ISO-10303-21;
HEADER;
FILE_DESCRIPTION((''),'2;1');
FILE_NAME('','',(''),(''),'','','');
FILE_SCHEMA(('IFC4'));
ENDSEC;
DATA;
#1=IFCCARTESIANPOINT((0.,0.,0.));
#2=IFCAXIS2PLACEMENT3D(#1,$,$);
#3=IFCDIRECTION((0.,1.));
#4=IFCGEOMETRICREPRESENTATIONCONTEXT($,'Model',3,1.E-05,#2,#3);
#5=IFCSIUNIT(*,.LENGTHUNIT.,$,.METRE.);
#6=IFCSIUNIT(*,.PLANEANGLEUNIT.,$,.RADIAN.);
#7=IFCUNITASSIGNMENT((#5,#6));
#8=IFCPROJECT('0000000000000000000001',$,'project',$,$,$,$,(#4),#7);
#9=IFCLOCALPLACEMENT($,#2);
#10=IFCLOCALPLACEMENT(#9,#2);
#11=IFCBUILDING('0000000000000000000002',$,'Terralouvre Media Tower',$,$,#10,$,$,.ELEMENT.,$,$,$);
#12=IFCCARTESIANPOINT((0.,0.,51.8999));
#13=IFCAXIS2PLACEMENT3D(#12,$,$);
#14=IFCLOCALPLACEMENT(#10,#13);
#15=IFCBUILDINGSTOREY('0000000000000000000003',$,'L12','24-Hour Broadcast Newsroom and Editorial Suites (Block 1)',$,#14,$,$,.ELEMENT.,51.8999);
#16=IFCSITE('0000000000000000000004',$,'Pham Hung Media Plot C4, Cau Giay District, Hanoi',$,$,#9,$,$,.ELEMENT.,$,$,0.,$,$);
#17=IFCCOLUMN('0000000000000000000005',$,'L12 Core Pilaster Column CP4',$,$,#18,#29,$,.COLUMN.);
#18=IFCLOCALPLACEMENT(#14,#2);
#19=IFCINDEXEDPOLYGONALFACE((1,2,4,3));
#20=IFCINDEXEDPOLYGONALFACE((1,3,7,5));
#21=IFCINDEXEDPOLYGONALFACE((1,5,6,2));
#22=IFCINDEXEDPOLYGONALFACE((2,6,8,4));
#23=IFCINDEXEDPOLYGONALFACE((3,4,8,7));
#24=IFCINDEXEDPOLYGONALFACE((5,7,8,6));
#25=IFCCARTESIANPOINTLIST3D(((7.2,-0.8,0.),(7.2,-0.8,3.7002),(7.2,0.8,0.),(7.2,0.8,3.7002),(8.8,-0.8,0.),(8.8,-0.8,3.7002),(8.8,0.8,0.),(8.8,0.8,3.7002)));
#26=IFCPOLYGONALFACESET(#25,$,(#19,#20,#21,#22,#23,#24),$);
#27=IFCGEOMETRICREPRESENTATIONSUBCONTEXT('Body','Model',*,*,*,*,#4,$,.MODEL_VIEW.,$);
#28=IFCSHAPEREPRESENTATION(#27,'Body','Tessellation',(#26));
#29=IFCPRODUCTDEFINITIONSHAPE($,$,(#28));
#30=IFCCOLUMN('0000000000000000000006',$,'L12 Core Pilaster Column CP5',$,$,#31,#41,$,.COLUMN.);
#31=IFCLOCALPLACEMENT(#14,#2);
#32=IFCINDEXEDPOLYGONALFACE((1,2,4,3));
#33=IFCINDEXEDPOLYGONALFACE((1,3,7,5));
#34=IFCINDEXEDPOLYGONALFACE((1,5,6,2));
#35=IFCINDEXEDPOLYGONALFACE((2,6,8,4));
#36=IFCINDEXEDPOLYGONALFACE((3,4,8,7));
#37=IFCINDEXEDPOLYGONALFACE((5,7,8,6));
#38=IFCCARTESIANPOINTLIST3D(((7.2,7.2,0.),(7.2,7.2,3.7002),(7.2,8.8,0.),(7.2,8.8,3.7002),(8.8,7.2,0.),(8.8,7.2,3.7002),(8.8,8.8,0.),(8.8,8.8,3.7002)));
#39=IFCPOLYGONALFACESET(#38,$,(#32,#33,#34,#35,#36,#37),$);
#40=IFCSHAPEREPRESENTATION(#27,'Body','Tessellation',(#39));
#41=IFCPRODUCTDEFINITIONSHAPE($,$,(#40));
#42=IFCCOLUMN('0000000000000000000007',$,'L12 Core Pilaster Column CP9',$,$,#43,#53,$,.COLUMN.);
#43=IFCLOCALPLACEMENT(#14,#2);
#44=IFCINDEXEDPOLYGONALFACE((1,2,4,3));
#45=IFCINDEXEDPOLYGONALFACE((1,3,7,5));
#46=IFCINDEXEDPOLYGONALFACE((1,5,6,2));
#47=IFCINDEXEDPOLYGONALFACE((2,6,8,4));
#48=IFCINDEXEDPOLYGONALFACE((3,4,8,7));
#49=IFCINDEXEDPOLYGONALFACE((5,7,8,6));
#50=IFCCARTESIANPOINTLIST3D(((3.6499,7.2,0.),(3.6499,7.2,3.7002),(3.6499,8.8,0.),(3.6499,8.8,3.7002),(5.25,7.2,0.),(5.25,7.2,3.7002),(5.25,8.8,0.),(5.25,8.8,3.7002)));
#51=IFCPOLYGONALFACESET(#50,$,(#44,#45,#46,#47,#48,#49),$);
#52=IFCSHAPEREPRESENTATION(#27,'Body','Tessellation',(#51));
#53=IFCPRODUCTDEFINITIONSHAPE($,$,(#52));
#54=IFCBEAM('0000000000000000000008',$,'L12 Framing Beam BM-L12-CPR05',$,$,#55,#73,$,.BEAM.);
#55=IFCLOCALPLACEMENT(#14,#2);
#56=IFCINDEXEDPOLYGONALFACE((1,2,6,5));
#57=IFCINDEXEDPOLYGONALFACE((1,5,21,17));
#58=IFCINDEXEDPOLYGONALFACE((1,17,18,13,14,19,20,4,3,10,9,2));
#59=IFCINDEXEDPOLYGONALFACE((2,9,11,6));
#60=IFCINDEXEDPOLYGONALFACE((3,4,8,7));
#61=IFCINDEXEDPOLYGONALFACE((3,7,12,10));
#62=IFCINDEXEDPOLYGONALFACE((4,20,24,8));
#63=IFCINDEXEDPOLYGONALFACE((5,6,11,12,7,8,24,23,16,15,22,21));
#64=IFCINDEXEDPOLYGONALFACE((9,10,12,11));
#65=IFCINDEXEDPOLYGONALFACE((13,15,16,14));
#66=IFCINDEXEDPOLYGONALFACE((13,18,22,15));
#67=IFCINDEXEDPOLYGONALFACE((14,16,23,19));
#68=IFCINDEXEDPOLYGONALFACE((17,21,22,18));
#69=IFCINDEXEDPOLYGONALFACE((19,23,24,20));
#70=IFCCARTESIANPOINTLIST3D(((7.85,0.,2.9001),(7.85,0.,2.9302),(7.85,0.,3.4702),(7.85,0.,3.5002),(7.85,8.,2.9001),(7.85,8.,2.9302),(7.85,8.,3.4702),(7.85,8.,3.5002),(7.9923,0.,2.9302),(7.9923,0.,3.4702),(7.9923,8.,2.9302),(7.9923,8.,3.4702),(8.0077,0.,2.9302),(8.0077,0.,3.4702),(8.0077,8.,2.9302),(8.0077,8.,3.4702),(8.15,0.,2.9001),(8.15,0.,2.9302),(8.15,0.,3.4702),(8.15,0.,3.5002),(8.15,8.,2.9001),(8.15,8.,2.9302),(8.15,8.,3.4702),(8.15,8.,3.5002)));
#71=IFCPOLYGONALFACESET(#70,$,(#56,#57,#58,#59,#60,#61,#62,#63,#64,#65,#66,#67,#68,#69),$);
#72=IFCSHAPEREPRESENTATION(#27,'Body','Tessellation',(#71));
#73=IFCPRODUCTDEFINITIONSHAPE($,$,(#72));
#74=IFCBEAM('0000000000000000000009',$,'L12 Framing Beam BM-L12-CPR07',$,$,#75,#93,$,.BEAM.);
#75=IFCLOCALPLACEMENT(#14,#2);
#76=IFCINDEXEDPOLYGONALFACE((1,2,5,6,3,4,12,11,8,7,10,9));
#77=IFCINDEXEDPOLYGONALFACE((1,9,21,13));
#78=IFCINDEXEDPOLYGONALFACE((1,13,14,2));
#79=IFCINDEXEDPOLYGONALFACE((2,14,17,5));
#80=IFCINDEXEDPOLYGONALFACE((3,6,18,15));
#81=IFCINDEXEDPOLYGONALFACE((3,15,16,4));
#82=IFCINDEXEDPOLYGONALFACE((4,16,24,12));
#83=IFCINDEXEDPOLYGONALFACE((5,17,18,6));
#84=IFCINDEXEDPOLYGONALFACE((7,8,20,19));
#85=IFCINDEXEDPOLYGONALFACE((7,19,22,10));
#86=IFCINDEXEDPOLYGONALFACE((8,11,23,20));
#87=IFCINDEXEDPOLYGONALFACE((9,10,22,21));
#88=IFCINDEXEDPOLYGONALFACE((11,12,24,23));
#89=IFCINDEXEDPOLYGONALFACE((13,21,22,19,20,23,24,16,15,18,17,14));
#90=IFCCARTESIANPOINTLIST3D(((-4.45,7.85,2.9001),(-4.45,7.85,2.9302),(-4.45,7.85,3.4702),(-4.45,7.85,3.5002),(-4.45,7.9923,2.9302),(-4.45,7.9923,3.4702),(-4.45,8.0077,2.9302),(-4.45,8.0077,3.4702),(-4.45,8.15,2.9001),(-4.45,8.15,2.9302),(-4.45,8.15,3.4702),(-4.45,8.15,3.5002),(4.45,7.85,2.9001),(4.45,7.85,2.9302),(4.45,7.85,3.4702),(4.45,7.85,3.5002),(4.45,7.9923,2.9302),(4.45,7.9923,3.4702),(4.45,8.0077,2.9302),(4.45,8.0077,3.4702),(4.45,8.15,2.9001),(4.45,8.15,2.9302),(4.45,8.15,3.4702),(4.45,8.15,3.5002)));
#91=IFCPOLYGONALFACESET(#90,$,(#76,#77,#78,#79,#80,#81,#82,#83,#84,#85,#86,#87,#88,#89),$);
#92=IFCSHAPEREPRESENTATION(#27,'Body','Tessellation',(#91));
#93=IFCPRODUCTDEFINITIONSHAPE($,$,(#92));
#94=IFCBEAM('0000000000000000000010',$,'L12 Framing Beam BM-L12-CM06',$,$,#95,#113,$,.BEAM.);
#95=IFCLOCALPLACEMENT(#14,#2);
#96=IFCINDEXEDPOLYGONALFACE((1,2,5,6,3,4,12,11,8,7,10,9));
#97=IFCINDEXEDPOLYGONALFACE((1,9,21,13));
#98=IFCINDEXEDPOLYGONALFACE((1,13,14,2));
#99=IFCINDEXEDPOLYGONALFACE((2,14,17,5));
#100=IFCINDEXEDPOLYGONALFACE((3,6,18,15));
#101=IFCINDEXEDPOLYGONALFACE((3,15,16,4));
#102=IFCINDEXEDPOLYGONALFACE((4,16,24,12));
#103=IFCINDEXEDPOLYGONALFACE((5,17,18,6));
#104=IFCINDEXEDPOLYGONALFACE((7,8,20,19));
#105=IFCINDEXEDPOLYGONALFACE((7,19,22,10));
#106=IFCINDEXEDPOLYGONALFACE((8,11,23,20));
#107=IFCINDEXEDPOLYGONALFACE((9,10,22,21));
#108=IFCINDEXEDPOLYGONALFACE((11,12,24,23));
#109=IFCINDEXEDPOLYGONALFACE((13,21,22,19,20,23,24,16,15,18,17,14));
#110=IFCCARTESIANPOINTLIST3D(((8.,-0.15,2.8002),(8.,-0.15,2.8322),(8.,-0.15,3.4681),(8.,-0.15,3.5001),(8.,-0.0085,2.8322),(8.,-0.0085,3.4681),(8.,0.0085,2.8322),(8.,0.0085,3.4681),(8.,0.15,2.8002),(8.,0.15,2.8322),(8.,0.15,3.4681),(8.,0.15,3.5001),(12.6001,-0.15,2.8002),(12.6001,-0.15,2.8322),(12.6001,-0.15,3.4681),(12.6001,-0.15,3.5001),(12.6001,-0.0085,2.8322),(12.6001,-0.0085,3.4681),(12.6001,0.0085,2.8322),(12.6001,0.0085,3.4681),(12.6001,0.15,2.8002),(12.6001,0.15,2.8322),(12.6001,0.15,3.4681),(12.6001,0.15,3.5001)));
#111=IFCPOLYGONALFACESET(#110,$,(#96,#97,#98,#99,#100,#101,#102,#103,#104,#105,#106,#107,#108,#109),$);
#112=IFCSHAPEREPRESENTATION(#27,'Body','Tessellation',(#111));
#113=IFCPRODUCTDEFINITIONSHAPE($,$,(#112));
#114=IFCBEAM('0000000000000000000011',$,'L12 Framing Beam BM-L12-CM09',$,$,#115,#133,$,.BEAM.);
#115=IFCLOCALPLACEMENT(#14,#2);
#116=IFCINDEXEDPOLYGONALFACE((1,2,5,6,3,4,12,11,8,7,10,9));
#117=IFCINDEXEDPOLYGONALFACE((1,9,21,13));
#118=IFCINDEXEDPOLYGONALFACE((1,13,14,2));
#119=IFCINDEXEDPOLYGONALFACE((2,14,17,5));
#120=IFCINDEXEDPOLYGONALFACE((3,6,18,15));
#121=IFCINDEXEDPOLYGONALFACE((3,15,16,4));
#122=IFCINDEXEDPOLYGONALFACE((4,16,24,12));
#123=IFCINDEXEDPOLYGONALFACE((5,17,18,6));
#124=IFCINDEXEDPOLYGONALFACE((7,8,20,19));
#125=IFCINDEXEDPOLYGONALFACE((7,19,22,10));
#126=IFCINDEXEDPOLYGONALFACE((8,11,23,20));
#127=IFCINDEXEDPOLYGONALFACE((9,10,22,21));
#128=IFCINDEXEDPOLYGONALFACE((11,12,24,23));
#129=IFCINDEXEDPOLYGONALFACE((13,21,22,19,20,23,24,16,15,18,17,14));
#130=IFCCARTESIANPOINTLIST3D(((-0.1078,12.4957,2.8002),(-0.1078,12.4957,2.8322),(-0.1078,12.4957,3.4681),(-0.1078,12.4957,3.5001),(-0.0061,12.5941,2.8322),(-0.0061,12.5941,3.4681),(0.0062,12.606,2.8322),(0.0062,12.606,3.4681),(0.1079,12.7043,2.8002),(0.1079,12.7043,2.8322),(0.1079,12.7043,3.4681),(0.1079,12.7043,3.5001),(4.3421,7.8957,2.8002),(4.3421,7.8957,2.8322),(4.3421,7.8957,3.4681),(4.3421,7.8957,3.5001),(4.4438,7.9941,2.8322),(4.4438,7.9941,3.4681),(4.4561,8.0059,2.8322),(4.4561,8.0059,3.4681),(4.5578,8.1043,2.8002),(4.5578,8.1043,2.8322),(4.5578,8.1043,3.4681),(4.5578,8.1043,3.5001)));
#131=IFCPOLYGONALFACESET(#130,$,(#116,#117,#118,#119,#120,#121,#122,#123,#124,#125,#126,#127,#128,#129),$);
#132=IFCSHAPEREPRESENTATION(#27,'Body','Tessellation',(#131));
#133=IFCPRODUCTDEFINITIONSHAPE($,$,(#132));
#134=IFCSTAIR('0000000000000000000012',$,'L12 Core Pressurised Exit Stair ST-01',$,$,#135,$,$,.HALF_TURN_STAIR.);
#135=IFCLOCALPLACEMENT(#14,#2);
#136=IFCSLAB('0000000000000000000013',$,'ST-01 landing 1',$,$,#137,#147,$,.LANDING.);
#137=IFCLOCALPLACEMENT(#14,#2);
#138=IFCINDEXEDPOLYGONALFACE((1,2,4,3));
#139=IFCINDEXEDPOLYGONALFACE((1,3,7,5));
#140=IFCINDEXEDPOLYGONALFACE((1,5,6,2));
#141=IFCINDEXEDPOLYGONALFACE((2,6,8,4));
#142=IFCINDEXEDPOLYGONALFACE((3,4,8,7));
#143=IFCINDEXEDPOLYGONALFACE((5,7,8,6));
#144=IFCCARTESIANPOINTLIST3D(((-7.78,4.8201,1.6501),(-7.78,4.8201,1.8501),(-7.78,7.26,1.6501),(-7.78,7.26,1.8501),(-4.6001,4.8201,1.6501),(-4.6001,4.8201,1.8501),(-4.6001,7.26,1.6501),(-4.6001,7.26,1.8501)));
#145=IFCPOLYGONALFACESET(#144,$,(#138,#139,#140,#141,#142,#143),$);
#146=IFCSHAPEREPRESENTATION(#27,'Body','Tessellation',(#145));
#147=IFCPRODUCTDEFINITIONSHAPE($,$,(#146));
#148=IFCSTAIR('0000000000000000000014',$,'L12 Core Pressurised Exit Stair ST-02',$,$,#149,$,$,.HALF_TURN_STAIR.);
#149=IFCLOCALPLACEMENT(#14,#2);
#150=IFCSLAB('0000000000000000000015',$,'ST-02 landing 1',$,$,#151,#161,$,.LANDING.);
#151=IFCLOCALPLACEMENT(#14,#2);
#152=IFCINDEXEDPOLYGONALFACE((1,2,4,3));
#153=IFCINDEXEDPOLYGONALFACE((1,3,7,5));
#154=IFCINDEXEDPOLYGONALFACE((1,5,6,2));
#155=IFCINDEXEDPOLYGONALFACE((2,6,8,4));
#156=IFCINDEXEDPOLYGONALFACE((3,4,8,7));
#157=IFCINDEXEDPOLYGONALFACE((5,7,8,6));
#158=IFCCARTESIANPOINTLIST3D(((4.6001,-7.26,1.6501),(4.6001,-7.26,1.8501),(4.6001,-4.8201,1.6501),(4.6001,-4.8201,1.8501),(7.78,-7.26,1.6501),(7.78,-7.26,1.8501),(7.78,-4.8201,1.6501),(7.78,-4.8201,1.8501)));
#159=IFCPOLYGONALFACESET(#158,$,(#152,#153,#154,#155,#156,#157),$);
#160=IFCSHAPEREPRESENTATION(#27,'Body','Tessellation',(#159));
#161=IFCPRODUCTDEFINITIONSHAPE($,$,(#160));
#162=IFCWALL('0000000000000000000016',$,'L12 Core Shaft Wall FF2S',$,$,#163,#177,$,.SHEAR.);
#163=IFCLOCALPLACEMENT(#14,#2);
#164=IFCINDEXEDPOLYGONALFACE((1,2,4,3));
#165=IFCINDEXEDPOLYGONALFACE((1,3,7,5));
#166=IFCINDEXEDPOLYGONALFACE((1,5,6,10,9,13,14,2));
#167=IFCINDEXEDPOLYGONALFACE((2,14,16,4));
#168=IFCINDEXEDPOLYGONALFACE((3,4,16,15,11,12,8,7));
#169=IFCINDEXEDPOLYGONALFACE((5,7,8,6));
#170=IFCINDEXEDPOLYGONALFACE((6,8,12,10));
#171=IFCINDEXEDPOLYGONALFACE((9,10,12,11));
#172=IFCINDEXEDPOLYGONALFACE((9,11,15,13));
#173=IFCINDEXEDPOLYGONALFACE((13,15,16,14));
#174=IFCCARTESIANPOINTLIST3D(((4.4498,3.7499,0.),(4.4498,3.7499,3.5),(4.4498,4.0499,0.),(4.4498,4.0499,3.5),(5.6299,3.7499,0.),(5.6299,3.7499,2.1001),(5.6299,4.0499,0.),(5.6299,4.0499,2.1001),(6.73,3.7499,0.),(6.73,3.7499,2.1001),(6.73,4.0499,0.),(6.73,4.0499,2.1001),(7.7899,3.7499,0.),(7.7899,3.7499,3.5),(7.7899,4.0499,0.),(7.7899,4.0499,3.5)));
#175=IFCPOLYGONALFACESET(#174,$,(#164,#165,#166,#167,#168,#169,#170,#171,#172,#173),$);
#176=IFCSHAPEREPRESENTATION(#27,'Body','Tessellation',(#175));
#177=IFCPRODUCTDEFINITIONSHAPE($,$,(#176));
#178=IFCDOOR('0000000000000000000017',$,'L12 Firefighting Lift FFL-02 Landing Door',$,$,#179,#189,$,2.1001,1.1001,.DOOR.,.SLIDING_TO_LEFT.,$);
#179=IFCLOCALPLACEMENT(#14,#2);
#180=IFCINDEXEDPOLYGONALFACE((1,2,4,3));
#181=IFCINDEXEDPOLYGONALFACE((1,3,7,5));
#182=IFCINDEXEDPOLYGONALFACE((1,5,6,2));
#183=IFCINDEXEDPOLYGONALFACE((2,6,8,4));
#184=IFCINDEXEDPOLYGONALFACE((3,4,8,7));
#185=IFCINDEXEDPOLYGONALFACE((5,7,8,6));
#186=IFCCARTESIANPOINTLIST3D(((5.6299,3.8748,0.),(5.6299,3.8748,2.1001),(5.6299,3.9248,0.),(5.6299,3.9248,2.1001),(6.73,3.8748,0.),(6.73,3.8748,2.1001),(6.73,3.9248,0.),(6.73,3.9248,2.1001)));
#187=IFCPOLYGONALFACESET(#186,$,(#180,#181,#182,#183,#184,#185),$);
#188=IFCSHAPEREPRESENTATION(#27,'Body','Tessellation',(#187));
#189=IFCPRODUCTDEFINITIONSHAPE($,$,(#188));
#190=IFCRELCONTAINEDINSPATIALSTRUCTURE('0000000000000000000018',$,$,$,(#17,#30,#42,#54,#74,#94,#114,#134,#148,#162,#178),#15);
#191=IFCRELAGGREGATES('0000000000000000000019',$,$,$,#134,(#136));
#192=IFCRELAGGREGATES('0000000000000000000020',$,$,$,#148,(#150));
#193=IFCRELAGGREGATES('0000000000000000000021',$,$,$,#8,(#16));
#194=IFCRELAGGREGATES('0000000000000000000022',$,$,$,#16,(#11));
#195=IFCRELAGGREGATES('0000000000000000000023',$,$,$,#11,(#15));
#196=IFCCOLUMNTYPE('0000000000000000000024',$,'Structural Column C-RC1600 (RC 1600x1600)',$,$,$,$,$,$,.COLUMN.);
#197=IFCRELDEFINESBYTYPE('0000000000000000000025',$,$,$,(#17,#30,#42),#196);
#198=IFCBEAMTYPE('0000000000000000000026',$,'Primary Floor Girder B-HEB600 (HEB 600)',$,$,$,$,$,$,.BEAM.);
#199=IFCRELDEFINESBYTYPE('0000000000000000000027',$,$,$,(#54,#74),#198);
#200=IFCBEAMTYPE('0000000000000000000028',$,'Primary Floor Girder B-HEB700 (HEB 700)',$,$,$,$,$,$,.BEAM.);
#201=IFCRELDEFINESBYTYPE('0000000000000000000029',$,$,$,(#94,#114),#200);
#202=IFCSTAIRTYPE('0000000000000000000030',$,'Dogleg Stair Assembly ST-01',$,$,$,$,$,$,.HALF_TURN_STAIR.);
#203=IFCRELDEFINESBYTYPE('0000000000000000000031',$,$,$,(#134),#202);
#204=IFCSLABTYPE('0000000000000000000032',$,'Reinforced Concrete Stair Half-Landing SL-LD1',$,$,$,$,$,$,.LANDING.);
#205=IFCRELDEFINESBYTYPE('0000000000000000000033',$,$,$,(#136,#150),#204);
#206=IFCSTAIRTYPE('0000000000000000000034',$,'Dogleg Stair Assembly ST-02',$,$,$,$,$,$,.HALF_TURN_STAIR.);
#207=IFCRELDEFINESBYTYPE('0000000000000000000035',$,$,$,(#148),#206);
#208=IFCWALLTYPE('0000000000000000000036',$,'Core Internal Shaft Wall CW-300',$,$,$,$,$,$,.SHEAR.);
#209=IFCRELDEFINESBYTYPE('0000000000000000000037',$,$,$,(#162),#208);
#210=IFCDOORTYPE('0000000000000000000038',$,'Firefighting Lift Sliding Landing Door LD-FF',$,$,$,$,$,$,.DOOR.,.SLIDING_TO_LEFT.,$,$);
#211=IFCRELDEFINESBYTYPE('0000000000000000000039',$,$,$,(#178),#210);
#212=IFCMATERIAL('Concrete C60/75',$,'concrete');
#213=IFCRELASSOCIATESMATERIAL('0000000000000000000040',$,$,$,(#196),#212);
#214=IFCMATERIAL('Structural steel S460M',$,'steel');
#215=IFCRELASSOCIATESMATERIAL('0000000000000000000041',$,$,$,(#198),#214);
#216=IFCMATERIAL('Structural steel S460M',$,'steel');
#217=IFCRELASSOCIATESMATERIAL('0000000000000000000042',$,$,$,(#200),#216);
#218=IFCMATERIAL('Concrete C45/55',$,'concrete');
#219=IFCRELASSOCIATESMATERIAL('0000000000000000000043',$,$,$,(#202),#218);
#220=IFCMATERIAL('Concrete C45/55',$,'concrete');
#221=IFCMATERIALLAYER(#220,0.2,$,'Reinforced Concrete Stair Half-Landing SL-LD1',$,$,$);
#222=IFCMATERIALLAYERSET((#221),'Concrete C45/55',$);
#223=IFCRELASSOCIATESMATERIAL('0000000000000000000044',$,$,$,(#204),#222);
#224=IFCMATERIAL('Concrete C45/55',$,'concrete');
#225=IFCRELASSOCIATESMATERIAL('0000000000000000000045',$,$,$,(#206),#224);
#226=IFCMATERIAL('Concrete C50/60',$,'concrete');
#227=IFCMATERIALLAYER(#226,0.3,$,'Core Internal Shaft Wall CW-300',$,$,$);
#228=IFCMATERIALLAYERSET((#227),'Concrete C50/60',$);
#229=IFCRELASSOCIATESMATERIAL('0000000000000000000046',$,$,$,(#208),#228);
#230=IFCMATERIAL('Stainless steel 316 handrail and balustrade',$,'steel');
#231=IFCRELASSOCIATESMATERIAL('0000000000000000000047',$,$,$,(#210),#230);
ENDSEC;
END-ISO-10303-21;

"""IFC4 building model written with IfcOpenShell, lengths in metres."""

from ifc_helpers import new_model, si_unit, direction, frame, frame_2d, origin, origin_2d, place, context, subcontext, project, spatial, polyline, rectangle, i_section, outline, extrude, material, layer, layer_set, material_profile, profile_set, type_object, element, fill, aggregate, save


model = new_model("IFC4")

# Units and contexts
model_context = context("Model", 3, precision=1e-05, world=origin(), true_north=direction((0.0, 1.0)))
body_context = subcontext(model_context, "Body", "Model", "MODEL_VIEW")
ifc_project = project(units=[si_unit("LENGTHUNIT", "METRE"), si_unit("PLANEANGLEUNIT", "RADIAN")], contexts=[model_context])

# Site, building, storey
site_placement = place(None, origin())
site = spatial("IfcSite", under=ifc_project, at=site_placement, Name="Pham Hung Media Plot C4, Cau Giay District, Hanoi", CompositionType="ELEMENT", RefElevation=0.0)
building_placement = place(site_placement, origin())
building = spatial("IfcBuilding", under=site, at=building_placement, Name="Terralouvre Media Tower", CompositionType="ELEMENT")
storey_placement = place(building_placement, frame((0.0, 0.0, 51.8999)))
storey = spatial("IfcBuildingStorey", under=building, at=storey_placement, Name="L12", Description="24-Hour Broadcast Newsroom and Editorial Suites (Block 1)", CompositionType="ELEMENT", Elevation=51.8999)

# Columns
ifc_material_1 = material(Name="Concrete C60/75", Category="concrete")
ifc_material_profile_1 = material_profile(ifc_material_1, rectangle(XDim=1.6001, YDim=1.6001, at=origin_2d()), Name="RC 1600x1600")
ifc_profile_set_1 = profile_set([ifc_material_profile_1], Name="Concrete C60/75")
column_type = type_object("IfcColumnType", Name="Structural Column C-RC1600 (RC 1600x1600)", PredefinedType="COLUMN", material=ifc_profile_set_1)
for number, where, z_axis, x_axis, name in (
    (1, (8.0, 0.0, 0.0), (0.0, 0.0, 1.0), (1.0, 0.0, 0.0), "L12 Core Pilaster Column CP4"),
    (2, (8.0, 8.0, 0.0), (0.0, 0.0, 1.0), (1.0, 0.0, 0.0), "L12 Core Pilaster Column CP5"),
    (3, (4.45, 8.0, 0.0), (0.0, 0.0, 1.0), (1.0, 0.0, 0.0), "L12 Core Pilaster Column CP9"),
):
    element("IfcColumn", number, at=place(storey_placement, frame(where, z_axis=z_axis, x_axis=x_axis)), inside=storey, type_object=column_type, Name=name, PredefinedType="COLUMN", context=body_context, shape_type="SweptSolid", body=[
        extrude(rectangle(XDim=1.6001, YDim=1.6001, at=origin_2d()), origin(), (0.0, 0.0, 1.0), 3.7002),
    ])

# Beams
ifc_material_2 = material(Name="Structural steel S460M", Category="steel")
ifc_material_profile_2 = material_profile(ifc_material_2, i_section(OverallWidth=0.3, OverallDepth=0.6001, WebThickness=0.0154, FlangeThickness=0.03, at=origin_2d()), Name="HEB 600")
ifc_profile_set_2 = profile_set([ifc_material_profile_2], Name="Structural steel S460M")
beam_type_1 = type_object("IfcBeamType", Name="Primary Floor Girder B-HEB600 (HEB 600)", PredefinedType="BEAM", material=ifc_profile_set_2)
beam_1_placement = place(storey_placement, frame((8.0, 0.0, 3.2002), z_axis=(0.0, 1.0, 0.0), x_axis=(-1.0, 0.0, 0.0)))
element("IfcBeam", 4, at=beam_1_placement, inside=storey, type_object=beam_type_1, Name="L12 Framing Beam BM-L12-CPR05", PredefinedType="BEAM", context=body_context, shape_type="SweptSolid", body=[
    extrude(i_section(OverallWidth=0.3, OverallDepth=0.6001, WebThickness=0.0154, FlangeThickness=0.03, at=origin_2d()), origin(), (0.0, 0.0, 1.0), 8.0),
])
beam_2_placement = place(storey_placement, frame((4.45, 8.0, 3.2002), z_axis=(-1.0, 0.0, 0.0), x_axis=(0.0, -1.0, 0.0)))
element("IfcBeam", 5, at=beam_2_placement, inside=storey, type_object=beam_type_1, Name="L12 Framing Beam BM-L12-CPR07", PredefinedType="BEAM", context=body_context, shape_type="SweptSolid", body=[
    extrude(i_section(OverallWidth=0.3, OverallDepth=0.6001, WebThickness=0.0154, FlangeThickness=0.03, at=origin_2d()), origin(), (0.0, 0.0, 1.0), 8.8999),
])
ifc_material_3 = material(Name="Structural steel S460M", Category="steel")
ifc_material_profile_3 = material_profile(ifc_material_3, i_section(OverallWidth=0.3, OverallDepth=0.7, WebThickness=0.0171, FlangeThickness=0.032, at=origin_2d()), Name="HEB 700")
ifc_profile_set_3 = profile_set([ifc_material_profile_3], Name="Structural steel S460M")
beam_type_2 = type_object("IfcBeamType", Name="Primary Floor Girder B-HEB700 (HEB 700)", PredefinedType="BEAM", material=ifc_profile_set_3)
beam_3_placement = place(storey_placement, frame((8.0, 0.0, 3.1501), z_axis=(1.0, 0.0, 0.0), x_axis=(0.0, 1.0, 0.0)))
element("IfcBeam", 6, at=beam_3_placement, inside=storey, type_object=beam_type_2, Name="L12 Framing Beam BM-L12-CM06", PredefinedType="BEAM", context=body_context, shape_type="SweptSolid", body=[
    extrude(i_section(OverallWidth=0.3, OverallDepth=0.7, WebThickness=0.0171, FlangeThickness=0.032, at=origin_2d()), origin(), (0.0, 0.0, 1.0), 4.6001),
])
beam_4_placement = place(storey_placement, frame((4.45, 8.0, 3.1501), z_axis=(-0.69528, 0.718739, 0.0), x_axis=(-0.718739, -0.69528, 0.0)))
element("IfcBeam", 7, at=beam_4_placement, inside=storey, type_object=beam_type_2, Name="L12 Framing Beam BM-L12-CM09", PredefinedType="BEAM", context=body_context, shape_type="SweptSolid", body=[
    extrude(i_section(OverallWidth=0.3, OverallDepth=0.7, WebThickness=0.0171, FlangeThickness=0.032, at=origin_2d()), origin(), (0.0, 0.0, 1.0), 6.4001),
])

# Stairs, slabs
ifc_material_4 = material(Name="Concrete C45/55", Category="concrete")
stair_type_1 = type_object("IfcStairType", Name="Dogleg Stair Assembly ST-01", PredefinedType="HALF_TURN_STAIR", material=ifc_material_4)
stair_1_placement = place(storey_placement, origin())
stair_1 = element("IfcStair", 8, at=stair_1_placement, inside=storey, type_object=stair_type_1, Name="L12 Core Pressurised Exit Stair ST-01", PredefinedType="HALF_TURN_STAIR")
ifc_material_5 = material(Name="Concrete C45/55", Category="concrete")
ifc_layer_1 = layer(ifc_material_5, 0.2, Name="Reinforced Concrete Stair Half-Landing SL-LD1")
ifc_layer_set_1 = layer_set([ifc_layer_1], Name="Concrete C45/55")
slab_type = type_object("IfcSlabType", Name="Reinforced Concrete Stair Half-Landing SL-LD1", PredefinedType="LANDING", material=ifc_layer_set_1)
slab_1_placement = place(storey_placement, frame((0.0, 0.0, 1.6501)))
slab_1 = element("IfcSlab", 9, at=slab_1_placement, type_object=slab_type, Name="ST-01 landing 1", PredefinedType="LANDING", context=body_context, shape_type="SweptSolid", body=[
    extrude(outline(polyline([(-4.6001, 4.8201), (-4.6001, 7.26), (-7.78, 7.26), (-7.78, 4.8201), (-4.6001, 4.8201)])), origin(), (0.0, 0.0, 1.0), 0.2),
])
aggregate(stair_1, [slab_1])
ifc_material_6 = material(Name="Concrete C45/55", Category="concrete")
stair_type_2 = type_object("IfcStairType", Name="Dogleg Stair Assembly ST-02", PredefinedType="HALF_TURN_STAIR", material=ifc_material_6)
stair_2_placement = place(storey_placement, origin())
stair_2 = element("IfcStair", 10, at=stair_2_placement, inside=storey, type_object=stair_type_2, Name="L12 Core Pressurised Exit Stair ST-02", PredefinedType="HALF_TURN_STAIR")
slab_2_placement = place(storey_placement, frame((0.0, 0.0, 1.6501)))
slab_2 = element("IfcSlab", 11, at=slab_2_placement, type_object=slab_type, Name="ST-02 landing 1", PredefinedType="LANDING", context=body_context, shape_type="SweptSolid", body=[
    extrude(outline(polyline([(4.6001, -4.8201), (4.6001, -7.26), (7.78, -7.26), (7.78, -4.8201), (4.6001, -4.8201)])), origin(), (0.0, 0.0, 1.0), 0.2),
])
aggregate(stair_2, [slab_2])

# Wall, opening, door
ifc_material_7 = material(Name="Concrete C50/60", Category="concrete")
ifc_layer_2 = layer(ifc_material_7, 0.3, Name="Core Internal Shaft Wall CW-300")
ifc_layer_set_2 = layer_set([ifc_layer_2], Name="Concrete C50/60")
wall_type = type_object("IfcWallType", Name="Core Internal Shaft Wall CW-300", PredefinedType="SHEAR", material=ifc_layer_set_2)
wall_1_placement = place(storey_placement, frame((4.45, 3.8999, 0.0), z_axis=(0.0, 0.0, 1.0), x_axis=(1.0, 0.0, 0.0)))
wall_1 = element("IfcWall", 12, at=wall_1_placement, inside=storey, type_object=wall_type, Name="L12 Core Shaft Wall FF2S", PredefinedType="SHEAR", context=body_context, shape_type="SweptSolid", body=[
    extrude(rectangle(XDim=3.3401, YDim=0.3, at=frame_2d((1.6699, 0.0))), origin(), (0.0, 0.0, 1.0), 3.5),
])
opening_1_placement = place(wall_1_placement, frame((1.1799, 0.0, 0.0)))
opening_1 = element("IfcOpeningElement", 13, at=opening_1_placement, cuts=wall_1, PredefinedType="OPENING", context=body_context, shape_type="SweptSolid", body=[
    extrude(rectangle(XDim=1.1001, YDim=2.1001, at=frame_2d((0.55, 1.05))), frame((0.0, 0.1599, 0.0), z_axis=(0.0, -1.0, 0.0), x_axis=(1.0, 0.0, 0.0)), (0.0, 0.0, 1.0), 0.3201),
])
ifc_material_8 = material(Name="Stainless steel 316 handrail and balustrade", Category="steel")
door_type_1 = type_object("IfcDoorType", Name="Firefighting Lift Sliding Landing Door LD-FF", OperationType="SLIDING_TO_LEFT", PredefinedType="DOOR", material=ifc_material_8)
door_1_placement = place(opening_1_placement, origin())
door_1 = element("IfcDoor", 14, at=door_1_placement, inside=storey, type_object=door_type_1, Name="L12 Firefighting Lift FFL-02 Landing Door", OperationType="SLIDING_TO_LEFT", OverallHeight=2.1001, OverallWidth=1.1001, PredefinedType="DOOR", context=body_context, shape_type="SweptSolid", body=[
    extrude(rectangle(XDim=1.1001, YDim=2.1001, at=frame_2d((0.55, 1.05))), frame((0.0, 0.0249, 0.0), z_axis=(0.0, -1.0, 0.0), x_axis=(1.0, 0.0, 0.0)), (0.0, 0.0, 1.0), 0.05),
])
fill(opening_1, door_1)

save(model, "model.ifc")
